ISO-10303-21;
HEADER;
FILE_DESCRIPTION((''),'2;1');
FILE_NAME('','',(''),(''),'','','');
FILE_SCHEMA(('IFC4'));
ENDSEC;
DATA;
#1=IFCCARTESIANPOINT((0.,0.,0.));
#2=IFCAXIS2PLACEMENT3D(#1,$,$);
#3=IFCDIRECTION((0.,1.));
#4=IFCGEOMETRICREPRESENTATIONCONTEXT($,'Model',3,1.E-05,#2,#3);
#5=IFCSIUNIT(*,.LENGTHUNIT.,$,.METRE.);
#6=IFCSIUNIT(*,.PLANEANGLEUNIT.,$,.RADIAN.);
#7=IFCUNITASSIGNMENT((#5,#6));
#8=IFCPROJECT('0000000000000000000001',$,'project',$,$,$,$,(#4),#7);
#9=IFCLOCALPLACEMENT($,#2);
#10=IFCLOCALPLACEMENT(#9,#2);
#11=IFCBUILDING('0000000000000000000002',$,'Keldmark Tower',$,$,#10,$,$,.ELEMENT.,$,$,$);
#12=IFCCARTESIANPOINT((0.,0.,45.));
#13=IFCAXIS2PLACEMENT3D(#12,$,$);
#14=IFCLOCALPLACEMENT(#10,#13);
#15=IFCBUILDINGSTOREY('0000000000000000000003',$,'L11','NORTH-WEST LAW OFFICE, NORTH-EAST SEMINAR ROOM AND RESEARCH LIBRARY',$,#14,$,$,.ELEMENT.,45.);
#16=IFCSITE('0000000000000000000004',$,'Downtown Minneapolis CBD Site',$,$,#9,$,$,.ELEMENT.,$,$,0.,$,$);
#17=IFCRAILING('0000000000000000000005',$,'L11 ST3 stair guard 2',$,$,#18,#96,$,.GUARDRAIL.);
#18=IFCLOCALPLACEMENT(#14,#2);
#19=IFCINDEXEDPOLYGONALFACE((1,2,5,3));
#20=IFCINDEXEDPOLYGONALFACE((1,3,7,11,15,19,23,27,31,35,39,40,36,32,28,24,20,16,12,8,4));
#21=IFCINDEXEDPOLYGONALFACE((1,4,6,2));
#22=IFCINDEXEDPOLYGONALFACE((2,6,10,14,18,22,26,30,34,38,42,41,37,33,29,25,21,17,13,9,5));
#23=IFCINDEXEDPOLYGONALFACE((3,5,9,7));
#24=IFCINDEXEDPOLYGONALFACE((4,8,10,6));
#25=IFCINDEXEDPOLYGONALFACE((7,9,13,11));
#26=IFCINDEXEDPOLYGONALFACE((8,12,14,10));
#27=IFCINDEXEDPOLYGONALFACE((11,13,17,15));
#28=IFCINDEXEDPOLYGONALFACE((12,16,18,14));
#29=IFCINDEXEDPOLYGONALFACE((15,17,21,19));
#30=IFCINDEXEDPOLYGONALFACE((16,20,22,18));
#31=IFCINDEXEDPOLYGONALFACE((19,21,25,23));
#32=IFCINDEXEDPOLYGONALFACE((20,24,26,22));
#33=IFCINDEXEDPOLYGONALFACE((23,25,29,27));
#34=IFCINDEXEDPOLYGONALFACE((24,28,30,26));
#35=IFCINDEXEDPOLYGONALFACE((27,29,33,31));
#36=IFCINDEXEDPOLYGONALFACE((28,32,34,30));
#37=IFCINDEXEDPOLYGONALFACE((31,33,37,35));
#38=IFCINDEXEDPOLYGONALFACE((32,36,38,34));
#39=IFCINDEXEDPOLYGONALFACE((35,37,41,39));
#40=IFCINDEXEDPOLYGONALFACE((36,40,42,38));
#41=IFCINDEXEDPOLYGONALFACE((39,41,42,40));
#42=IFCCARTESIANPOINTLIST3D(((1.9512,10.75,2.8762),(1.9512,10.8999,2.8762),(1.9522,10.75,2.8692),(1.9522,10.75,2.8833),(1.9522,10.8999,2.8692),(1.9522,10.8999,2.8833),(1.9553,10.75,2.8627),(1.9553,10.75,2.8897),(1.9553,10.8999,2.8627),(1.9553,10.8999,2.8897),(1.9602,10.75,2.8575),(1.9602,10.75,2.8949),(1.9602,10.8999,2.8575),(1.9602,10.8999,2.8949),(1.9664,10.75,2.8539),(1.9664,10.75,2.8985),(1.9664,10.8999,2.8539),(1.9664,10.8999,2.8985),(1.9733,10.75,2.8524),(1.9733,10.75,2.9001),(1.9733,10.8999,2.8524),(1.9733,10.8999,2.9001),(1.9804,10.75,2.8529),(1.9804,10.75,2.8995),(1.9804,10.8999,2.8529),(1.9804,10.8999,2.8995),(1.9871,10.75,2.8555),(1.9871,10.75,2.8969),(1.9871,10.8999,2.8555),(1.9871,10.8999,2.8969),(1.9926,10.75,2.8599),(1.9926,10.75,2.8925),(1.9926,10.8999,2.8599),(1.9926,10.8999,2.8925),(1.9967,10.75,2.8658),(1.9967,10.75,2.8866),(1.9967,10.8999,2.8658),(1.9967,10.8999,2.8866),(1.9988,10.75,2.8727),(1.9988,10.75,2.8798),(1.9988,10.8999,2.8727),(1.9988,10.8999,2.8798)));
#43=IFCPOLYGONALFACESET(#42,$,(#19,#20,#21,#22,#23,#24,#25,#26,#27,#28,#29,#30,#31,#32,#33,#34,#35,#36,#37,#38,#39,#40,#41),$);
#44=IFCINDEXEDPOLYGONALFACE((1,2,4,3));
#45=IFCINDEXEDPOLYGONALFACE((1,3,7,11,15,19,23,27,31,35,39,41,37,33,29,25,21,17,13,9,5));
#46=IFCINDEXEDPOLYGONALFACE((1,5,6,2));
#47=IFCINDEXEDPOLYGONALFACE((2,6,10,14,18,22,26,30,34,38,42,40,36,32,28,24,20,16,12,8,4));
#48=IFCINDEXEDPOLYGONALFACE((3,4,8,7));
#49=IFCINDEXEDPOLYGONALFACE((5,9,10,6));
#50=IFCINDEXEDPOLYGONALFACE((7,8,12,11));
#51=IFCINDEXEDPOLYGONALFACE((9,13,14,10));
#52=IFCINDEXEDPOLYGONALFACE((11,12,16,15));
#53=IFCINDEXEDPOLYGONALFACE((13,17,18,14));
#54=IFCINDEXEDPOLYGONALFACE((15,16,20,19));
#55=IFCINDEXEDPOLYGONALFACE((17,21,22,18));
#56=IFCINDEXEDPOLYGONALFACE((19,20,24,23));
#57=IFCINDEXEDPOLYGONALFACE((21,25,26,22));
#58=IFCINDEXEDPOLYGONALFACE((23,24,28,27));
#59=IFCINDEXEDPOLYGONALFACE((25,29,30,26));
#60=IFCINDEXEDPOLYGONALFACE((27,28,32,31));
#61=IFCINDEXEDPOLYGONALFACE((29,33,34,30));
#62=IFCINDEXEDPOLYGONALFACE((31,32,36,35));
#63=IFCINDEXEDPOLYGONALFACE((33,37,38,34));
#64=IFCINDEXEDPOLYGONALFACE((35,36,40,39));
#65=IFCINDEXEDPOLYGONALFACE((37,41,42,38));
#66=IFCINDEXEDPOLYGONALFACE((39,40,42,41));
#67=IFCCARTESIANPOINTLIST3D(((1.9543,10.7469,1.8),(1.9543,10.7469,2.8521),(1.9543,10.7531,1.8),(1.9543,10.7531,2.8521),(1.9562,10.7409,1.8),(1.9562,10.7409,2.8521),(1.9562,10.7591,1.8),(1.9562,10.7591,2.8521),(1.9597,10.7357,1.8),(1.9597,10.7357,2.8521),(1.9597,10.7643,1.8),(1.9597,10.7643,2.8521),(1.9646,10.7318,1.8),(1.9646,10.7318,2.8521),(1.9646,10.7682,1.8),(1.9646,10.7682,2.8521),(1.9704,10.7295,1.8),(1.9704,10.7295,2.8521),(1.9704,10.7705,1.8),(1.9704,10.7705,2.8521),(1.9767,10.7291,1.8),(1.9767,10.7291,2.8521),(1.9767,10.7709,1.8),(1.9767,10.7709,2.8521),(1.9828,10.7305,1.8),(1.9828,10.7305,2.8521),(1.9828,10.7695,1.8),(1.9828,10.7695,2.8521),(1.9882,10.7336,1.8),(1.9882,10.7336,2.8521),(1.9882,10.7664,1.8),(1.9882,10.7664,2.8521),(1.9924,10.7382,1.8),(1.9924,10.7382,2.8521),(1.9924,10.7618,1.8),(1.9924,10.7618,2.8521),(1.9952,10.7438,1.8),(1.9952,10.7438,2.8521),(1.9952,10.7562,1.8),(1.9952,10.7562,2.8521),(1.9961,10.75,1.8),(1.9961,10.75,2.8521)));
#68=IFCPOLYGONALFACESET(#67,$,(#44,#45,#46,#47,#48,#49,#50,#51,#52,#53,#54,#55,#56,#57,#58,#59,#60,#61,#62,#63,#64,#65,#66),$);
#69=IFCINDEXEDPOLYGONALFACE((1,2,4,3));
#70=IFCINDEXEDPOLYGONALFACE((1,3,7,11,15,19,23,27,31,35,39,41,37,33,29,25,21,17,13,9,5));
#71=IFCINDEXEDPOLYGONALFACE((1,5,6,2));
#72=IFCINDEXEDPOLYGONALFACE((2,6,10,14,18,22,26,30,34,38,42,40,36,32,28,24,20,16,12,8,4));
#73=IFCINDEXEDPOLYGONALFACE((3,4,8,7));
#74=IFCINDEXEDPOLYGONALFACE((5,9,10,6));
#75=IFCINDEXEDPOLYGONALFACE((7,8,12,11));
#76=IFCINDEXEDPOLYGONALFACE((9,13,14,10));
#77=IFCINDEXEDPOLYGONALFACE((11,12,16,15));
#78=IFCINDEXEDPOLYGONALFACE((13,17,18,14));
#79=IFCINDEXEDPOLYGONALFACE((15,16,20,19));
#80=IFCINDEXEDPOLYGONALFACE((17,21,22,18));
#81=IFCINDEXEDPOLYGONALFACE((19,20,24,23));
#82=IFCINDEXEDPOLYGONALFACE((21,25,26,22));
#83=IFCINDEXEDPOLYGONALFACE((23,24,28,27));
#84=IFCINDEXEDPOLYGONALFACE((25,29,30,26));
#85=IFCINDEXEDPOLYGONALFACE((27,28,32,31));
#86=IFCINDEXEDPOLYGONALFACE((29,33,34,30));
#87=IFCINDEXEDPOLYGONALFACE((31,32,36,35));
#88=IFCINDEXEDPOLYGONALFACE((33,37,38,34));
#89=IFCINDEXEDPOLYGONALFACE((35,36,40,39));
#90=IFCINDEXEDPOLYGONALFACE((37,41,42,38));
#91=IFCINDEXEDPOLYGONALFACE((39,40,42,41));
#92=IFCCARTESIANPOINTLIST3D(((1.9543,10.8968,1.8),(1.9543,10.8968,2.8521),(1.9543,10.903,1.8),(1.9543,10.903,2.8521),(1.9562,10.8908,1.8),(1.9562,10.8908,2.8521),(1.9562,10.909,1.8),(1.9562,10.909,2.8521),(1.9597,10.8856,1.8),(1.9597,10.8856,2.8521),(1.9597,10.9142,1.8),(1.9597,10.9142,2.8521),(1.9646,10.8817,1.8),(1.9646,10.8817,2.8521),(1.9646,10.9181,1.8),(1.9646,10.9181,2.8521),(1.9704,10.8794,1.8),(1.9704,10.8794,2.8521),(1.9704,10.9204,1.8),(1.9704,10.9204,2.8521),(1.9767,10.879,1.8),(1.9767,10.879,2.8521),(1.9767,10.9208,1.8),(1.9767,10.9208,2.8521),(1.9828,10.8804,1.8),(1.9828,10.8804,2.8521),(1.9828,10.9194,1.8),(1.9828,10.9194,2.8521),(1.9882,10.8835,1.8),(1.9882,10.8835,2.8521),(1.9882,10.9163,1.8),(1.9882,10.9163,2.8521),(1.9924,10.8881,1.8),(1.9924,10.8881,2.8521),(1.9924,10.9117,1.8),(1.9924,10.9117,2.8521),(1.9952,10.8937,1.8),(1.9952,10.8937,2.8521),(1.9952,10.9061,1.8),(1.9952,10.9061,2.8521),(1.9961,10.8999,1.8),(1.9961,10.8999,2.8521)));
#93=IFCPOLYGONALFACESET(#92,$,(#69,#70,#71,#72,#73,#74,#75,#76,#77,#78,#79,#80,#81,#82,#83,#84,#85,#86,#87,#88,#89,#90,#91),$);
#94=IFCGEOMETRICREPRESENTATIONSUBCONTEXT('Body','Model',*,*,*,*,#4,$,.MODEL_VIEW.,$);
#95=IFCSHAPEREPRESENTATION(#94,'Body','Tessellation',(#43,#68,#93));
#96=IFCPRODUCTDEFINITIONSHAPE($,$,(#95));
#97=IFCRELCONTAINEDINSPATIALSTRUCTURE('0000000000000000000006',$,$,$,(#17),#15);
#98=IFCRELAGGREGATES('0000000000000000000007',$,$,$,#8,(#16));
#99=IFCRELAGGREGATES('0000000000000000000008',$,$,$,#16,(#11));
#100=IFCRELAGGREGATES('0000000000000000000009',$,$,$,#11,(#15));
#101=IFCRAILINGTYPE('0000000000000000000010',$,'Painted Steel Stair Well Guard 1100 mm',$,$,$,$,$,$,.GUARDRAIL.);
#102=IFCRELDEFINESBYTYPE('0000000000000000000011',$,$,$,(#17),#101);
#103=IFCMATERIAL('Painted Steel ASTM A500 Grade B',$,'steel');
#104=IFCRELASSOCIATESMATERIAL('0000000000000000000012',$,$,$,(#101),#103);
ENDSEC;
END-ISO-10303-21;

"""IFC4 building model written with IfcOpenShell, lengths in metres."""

from ifc_helpers import new_model, si_unit, direction, frame, origin, origin_2d, place, context, subcontext, project, spatial, circle, extrude, material, type_object, element, save


model = new_model("IFC4")

# Units and contexts
model_context = context("Model", 3, precision=1e-05, world=origin(), true_north=direction((0.0, 1.0)))
body_context = subcontext(model_context, "Body", "Model", "MODEL_VIEW")
ifc_project = project(units=[si_unit("LENGTHUNIT", "METRE"), si_unit("PLANEANGLEUNIT", "RADIAN")], contexts=[model_context])

# Site, building, storey
site_placement = place(None, origin())
site = spatial("IfcSite", under=ifc_project, at=site_placement, Name="Downtown Minneapolis CBD Site", CompositionType="ELEMENT", RefElevation=0.0)
building_placement = place(site_placement, origin())
building = spatial("IfcBuilding", under=site, at=building_placement, Name="Keldmark Tower", CompositionType="ELEMENT")
storey_placement = place(building_placement, frame((0.0, 0.0, 45.0)))
storey = spatial("IfcBuildingStorey", under=building, at=storey_placement, Name="L11", Description="NORTH-WEST LAW OFFICE, NORTH-EAST SEMINAR ROOM AND RESEARCH LIBRARY", CompositionType="ELEMENT", Elevation=45.0)

# Railing
ifc_material_1 = material(Name="Painted Steel ASTM A500 Grade B", Category="steel")
railing_type_1 = type_object("IfcRailingType", Name="Painted Steel Stair Well Guard 1100 mm", PredefinedType="GUARDRAIL", material=ifc_material_1)
railing_1_placement = place(storey_placement, frame((1.9751, 10.75, 1.8)))
element("IfcRailing", 1, at=railing_1_placement, inside=storey, type_object=railing_type_1, Name="L11 ST3 stair guard 2", PredefinedType="GUARDRAIL", context=body_context, shape_type="SweptSolid", body=[
    extrude(circle(Radius=0.0239, at=origin_2d()), frame((0.0, 0.0, 1.0762), z_axis=(0.0, 1.0, 0.0), x_axis=(-1.0, 0.0, 0.0)), (0.0, 0.0, 1.0), 0.1499),
    extrude(circle(Radius=0.021, at=origin_2d()), origin(), (0.0, 0.0, 1.0), 1.052),
    extrude(circle(Radius=0.021, at=origin_2d()), frame((0.0, 0.1499, 0.0)), (0.0, 0.0, 1.0), 1.052),
])

save(model, "model.ifc")
